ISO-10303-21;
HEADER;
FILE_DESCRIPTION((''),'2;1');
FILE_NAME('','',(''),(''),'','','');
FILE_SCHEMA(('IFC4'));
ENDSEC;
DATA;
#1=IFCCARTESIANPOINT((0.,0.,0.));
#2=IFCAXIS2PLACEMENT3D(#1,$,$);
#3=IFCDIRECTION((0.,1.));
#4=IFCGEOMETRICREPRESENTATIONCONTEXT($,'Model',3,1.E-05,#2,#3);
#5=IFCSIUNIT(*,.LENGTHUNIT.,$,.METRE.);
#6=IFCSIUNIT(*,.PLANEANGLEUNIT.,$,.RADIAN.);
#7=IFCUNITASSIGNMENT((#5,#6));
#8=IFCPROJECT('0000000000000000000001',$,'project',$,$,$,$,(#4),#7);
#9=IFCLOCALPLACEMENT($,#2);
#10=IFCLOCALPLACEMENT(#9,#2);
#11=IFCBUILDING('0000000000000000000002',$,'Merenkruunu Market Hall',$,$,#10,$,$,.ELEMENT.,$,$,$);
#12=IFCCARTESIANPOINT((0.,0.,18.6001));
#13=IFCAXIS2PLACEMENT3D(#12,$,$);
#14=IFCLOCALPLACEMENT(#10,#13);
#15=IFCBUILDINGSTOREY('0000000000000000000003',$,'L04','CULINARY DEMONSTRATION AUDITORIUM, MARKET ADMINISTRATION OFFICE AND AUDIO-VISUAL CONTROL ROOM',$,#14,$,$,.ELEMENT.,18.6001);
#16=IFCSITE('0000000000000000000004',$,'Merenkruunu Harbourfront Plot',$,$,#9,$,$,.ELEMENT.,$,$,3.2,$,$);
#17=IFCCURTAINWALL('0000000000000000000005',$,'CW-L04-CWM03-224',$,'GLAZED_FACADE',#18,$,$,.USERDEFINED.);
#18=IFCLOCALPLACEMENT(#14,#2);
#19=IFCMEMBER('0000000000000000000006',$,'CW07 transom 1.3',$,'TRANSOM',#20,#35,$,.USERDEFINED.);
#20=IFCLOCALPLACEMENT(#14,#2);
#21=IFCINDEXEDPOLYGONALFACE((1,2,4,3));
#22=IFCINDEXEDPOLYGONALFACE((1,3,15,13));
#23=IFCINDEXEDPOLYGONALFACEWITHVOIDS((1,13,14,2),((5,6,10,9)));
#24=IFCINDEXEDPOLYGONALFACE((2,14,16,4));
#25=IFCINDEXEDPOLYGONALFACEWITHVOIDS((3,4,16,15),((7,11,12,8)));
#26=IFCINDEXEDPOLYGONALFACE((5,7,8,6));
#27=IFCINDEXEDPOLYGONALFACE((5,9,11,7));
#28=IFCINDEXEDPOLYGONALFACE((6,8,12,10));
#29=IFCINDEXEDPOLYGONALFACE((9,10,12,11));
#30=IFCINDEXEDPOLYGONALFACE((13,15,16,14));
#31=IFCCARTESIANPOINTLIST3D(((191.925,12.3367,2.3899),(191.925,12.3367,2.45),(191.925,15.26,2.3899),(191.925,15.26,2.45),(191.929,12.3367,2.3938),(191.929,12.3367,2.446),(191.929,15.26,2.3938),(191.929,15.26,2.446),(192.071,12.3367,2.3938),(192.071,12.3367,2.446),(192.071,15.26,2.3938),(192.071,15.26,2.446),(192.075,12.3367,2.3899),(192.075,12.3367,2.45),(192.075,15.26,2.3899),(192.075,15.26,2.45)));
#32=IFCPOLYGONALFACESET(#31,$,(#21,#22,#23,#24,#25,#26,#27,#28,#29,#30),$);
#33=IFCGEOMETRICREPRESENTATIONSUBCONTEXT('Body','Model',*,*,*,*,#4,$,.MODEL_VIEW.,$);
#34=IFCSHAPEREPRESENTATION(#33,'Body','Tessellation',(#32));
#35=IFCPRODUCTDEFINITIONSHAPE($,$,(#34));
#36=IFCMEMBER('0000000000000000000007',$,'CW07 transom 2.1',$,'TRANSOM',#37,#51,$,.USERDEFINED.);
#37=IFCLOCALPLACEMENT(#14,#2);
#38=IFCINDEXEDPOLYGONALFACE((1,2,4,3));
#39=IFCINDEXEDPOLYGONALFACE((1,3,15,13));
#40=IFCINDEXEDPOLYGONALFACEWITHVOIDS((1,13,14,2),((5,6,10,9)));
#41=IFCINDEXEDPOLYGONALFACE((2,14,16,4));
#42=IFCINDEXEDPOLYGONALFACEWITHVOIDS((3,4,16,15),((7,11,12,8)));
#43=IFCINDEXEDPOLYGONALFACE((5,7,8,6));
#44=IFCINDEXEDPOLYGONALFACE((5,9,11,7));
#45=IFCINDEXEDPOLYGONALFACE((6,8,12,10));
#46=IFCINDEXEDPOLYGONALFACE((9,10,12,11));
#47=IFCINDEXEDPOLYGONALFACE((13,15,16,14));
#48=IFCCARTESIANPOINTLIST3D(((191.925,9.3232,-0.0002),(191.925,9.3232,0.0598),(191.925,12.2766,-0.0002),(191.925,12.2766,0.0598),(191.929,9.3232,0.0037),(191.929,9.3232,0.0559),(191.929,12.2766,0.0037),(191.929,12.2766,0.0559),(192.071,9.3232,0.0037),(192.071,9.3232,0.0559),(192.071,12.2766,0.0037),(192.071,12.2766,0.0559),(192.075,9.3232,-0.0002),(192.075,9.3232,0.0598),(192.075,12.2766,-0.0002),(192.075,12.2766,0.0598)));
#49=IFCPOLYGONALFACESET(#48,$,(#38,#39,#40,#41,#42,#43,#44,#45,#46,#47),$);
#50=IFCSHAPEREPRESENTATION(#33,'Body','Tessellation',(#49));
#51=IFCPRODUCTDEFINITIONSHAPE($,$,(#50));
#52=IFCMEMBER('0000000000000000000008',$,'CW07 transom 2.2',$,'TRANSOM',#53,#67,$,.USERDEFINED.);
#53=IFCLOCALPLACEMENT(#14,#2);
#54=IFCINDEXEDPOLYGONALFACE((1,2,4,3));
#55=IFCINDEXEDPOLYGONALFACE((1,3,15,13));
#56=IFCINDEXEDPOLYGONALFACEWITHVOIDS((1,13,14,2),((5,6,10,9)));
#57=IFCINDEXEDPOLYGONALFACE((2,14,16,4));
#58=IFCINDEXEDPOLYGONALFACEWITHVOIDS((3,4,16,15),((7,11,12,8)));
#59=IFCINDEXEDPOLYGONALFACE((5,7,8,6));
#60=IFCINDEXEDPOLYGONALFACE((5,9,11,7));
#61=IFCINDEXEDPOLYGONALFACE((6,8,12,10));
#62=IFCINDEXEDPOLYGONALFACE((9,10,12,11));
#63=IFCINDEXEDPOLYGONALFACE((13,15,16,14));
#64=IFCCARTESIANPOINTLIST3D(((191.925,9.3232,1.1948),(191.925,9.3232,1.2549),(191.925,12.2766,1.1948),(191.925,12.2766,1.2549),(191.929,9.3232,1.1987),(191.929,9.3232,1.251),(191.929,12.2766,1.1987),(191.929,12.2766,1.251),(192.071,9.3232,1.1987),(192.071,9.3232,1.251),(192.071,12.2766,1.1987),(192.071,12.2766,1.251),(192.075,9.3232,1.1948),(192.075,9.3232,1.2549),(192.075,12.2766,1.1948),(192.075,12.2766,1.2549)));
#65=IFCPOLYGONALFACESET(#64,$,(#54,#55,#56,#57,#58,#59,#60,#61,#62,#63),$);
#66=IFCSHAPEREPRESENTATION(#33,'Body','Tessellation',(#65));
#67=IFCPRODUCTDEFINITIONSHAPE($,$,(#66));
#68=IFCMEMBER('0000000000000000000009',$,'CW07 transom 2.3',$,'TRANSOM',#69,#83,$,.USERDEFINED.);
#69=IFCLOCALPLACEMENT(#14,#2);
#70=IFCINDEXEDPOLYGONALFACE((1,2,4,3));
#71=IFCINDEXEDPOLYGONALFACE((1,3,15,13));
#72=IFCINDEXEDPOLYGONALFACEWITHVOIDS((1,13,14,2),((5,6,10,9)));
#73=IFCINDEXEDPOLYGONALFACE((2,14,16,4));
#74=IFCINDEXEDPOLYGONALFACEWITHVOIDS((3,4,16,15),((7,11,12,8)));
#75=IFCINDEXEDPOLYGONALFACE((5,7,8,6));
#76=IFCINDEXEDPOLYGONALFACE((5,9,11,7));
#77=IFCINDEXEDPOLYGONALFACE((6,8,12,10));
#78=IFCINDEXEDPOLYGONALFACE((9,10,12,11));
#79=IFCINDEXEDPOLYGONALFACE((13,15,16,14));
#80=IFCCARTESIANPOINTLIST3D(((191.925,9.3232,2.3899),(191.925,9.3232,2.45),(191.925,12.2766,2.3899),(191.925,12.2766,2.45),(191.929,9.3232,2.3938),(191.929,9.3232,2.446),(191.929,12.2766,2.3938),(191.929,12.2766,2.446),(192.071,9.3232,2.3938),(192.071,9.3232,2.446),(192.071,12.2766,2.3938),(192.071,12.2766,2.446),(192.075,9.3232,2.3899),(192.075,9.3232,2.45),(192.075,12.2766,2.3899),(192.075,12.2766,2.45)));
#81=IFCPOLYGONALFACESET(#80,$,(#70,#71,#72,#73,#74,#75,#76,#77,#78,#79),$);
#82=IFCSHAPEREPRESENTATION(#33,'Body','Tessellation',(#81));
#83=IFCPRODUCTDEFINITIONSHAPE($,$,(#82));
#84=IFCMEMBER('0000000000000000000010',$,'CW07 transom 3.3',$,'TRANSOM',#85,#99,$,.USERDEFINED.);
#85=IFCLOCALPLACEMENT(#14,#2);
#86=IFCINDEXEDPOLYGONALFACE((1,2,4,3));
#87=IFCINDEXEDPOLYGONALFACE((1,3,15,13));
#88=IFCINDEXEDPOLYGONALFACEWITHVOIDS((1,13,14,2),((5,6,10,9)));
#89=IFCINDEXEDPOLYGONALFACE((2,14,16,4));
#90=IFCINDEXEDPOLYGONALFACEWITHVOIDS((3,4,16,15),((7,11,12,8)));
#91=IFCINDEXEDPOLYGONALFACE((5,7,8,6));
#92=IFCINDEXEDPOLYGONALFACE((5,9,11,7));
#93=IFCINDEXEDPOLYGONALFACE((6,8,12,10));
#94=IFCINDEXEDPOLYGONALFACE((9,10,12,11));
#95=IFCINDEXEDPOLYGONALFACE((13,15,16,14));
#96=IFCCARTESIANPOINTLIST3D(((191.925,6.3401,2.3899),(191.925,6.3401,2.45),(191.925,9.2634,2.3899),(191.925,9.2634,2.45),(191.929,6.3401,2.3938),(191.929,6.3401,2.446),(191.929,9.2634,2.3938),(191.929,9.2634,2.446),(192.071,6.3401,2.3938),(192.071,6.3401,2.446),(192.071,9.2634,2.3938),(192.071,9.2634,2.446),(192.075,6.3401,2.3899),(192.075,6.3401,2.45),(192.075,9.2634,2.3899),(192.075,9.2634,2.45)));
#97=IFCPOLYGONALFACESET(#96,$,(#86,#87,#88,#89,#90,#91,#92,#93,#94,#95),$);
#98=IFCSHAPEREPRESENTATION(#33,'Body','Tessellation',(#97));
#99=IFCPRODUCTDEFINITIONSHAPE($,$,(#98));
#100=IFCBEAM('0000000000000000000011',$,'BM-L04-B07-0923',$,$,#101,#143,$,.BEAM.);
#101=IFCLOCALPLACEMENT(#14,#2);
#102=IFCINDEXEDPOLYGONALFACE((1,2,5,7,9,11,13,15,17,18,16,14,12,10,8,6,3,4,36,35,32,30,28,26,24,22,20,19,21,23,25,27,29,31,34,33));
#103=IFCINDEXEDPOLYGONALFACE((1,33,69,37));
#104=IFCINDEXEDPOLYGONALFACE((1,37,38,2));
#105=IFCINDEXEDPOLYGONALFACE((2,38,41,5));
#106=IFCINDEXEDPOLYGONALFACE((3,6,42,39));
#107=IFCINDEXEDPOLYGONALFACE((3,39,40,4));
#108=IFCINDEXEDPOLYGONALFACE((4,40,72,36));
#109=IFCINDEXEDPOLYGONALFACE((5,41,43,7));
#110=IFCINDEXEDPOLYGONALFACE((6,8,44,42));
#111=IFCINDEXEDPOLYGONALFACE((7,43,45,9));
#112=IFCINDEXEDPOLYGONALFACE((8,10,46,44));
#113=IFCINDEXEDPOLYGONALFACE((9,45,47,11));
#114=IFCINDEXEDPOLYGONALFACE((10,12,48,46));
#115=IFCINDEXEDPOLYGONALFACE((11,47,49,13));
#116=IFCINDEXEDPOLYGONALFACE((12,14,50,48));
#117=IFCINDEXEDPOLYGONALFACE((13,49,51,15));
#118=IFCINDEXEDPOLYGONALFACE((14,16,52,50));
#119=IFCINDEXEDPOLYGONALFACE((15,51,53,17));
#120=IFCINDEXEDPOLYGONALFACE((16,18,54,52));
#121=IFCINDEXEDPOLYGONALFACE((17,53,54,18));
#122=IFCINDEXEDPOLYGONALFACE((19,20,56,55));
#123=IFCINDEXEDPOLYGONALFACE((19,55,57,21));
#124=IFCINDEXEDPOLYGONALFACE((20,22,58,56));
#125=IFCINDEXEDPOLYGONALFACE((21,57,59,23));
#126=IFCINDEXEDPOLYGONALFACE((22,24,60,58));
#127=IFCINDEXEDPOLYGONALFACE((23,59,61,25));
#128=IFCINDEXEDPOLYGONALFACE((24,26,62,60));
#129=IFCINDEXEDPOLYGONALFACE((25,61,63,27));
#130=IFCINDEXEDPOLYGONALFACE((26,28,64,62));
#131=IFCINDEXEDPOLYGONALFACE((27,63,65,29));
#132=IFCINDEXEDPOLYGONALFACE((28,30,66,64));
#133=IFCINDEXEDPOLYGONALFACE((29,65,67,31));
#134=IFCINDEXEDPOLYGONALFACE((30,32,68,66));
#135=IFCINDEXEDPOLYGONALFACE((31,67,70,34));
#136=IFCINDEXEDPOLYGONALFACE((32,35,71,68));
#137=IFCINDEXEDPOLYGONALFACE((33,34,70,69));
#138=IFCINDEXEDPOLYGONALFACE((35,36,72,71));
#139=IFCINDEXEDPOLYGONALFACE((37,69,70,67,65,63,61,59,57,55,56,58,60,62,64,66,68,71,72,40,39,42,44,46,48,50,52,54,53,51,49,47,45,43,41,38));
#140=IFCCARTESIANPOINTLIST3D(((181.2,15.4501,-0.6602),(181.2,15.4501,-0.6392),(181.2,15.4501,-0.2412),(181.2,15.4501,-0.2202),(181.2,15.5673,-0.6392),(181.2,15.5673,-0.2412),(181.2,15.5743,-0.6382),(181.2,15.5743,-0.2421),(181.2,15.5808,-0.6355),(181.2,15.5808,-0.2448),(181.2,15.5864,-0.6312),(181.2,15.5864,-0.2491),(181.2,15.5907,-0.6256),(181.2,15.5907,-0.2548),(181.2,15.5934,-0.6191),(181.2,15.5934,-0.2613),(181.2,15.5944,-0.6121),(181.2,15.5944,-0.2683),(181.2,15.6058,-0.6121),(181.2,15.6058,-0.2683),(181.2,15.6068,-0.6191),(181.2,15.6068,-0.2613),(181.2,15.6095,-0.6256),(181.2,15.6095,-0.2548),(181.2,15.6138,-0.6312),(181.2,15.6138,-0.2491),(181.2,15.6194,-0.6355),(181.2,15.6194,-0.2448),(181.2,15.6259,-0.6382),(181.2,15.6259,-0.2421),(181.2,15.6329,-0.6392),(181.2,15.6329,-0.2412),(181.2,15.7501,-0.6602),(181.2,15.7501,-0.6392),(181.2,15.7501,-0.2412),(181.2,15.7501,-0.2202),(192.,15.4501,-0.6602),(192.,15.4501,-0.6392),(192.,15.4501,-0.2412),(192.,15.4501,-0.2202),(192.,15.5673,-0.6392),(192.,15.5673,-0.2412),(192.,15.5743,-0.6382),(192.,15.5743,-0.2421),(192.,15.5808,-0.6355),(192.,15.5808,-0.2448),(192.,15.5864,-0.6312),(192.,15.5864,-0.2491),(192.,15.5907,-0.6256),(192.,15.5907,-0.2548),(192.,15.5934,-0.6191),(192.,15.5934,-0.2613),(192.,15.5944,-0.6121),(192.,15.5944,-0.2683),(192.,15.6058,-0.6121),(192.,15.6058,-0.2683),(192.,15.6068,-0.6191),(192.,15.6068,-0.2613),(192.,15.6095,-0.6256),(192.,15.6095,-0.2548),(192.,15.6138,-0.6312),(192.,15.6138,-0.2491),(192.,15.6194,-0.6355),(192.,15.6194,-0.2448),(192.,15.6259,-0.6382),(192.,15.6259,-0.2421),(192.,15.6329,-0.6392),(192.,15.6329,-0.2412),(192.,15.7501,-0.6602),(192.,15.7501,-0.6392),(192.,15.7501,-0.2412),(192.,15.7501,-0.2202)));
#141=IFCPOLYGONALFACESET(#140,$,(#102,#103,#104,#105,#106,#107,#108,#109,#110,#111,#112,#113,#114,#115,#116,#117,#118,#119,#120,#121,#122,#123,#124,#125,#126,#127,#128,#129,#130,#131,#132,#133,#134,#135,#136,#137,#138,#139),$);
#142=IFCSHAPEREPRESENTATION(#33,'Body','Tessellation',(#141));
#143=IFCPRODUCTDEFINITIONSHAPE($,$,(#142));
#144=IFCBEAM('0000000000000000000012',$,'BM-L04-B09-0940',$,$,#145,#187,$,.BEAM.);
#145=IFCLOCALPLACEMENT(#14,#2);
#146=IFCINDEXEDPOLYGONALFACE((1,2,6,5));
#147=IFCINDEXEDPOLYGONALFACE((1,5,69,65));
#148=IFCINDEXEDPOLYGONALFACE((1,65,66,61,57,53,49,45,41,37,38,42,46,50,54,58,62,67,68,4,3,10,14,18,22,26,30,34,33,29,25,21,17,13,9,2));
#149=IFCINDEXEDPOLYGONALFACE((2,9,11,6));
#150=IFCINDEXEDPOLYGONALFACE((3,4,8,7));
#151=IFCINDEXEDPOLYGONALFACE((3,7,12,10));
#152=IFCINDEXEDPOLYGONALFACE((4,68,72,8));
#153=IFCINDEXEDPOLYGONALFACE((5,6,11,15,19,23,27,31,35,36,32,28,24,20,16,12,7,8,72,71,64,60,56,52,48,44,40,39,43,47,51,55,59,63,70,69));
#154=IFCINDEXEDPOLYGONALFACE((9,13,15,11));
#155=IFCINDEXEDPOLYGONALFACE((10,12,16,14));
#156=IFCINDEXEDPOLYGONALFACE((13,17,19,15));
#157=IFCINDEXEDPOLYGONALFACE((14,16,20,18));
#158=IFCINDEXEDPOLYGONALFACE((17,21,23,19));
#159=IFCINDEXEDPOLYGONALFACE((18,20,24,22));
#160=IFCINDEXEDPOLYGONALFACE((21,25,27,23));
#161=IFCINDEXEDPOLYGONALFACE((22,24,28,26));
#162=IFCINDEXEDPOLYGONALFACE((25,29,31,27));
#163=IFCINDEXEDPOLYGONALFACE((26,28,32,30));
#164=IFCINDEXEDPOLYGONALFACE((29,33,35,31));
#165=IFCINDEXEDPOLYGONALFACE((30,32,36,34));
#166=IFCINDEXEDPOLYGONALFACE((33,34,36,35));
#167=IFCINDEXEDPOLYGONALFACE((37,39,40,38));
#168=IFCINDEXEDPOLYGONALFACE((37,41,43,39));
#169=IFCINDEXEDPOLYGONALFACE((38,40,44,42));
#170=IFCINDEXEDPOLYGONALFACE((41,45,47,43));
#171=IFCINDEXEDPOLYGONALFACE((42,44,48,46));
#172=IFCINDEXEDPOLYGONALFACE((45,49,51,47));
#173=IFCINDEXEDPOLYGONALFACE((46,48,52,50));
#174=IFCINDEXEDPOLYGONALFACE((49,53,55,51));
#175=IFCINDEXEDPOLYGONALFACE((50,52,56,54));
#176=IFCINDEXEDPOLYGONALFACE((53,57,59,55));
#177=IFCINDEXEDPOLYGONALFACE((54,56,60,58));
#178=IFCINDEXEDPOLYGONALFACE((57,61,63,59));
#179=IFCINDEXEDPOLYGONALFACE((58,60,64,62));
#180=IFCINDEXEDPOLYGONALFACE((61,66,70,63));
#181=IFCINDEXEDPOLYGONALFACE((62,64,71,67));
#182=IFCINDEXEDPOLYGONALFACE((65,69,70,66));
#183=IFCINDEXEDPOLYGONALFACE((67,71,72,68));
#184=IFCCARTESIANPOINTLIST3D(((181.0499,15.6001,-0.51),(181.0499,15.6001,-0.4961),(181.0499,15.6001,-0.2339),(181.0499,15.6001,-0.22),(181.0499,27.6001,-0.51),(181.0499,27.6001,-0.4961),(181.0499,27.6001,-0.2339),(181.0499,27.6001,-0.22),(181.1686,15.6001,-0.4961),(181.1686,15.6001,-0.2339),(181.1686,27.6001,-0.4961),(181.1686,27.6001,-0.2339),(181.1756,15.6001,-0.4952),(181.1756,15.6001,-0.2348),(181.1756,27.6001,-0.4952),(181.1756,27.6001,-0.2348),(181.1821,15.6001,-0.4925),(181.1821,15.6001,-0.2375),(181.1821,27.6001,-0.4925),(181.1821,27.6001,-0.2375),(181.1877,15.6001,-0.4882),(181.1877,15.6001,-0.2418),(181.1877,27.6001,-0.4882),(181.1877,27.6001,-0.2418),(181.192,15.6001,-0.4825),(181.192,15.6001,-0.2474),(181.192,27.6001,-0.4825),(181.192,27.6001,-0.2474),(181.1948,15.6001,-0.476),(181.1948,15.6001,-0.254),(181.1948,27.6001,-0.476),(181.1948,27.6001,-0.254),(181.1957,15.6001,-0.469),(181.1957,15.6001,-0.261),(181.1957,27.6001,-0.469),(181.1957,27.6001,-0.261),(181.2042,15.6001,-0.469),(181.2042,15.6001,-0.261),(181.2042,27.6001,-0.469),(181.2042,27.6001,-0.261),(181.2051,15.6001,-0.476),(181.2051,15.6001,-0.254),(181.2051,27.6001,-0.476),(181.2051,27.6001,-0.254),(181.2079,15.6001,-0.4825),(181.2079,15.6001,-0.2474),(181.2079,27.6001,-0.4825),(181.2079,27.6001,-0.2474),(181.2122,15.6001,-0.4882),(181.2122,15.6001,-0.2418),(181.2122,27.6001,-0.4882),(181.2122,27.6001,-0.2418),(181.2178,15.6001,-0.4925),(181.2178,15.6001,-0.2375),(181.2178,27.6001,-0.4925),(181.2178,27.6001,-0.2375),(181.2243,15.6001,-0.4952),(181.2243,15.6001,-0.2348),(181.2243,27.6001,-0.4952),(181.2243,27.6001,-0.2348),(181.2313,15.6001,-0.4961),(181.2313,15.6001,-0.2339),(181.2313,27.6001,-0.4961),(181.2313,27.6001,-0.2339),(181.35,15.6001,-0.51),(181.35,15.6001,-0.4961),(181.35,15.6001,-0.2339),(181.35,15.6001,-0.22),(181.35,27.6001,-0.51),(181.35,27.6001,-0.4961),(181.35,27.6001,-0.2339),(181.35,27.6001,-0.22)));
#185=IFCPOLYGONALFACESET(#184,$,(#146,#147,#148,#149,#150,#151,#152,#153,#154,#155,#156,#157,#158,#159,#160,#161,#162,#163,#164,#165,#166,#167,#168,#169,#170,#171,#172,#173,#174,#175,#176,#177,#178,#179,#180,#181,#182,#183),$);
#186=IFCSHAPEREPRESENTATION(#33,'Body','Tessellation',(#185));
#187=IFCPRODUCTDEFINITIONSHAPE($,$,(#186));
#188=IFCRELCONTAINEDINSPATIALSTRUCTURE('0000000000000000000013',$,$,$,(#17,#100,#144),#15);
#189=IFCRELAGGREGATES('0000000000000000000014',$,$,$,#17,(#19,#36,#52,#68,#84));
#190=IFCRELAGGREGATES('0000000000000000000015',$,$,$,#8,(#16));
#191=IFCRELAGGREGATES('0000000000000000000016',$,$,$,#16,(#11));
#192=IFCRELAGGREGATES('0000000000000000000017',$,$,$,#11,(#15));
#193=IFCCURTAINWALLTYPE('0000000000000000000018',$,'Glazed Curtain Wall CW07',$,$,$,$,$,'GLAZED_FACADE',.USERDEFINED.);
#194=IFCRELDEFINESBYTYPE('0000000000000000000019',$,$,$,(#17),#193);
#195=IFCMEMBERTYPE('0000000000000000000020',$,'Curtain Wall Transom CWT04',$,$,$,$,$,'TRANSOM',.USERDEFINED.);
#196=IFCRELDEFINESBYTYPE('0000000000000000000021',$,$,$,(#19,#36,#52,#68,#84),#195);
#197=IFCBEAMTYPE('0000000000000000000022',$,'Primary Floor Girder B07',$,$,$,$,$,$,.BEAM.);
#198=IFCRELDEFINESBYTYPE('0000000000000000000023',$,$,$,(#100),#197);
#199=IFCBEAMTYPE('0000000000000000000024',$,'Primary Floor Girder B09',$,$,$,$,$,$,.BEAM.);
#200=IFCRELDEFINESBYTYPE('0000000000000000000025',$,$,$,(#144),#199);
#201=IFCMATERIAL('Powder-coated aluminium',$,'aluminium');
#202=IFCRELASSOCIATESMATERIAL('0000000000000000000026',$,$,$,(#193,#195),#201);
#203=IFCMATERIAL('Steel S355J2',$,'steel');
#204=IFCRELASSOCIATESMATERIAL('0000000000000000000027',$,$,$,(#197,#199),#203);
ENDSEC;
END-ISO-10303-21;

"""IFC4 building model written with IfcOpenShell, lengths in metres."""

from ifc_helpers import new_model, si_unit, direction, frame, origin, origin_2d, place, context, subcontext, project, spatial, hollow_rectangle, i_section, extrude, material, material_profile, profile_set, type_object, element, aggregate, save


model = new_model("IFC4")

# Units and contexts
model_context = context("Model", 3, precision=1e-05, world=origin(), true_north=direction((0.0, 1.0)))
body_context = subcontext(model_context, "Body", "Model", "MODEL_VIEW")
ifc_project = project(units=[si_unit("LENGTHUNIT", "METRE"), si_unit("PLANEANGLEUNIT", "RADIAN")], contexts=[model_context])

# Site, building, storey
site_placement = place(None, origin())
site = spatial("IfcSite", under=ifc_project, at=site_placement, Name="Merenkruunu Harbourfront Plot", CompositionType="ELEMENT", RefElevation=3.2)
building_placement = place(site_placement, origin())
building = spatial("IfcBuilding", under=site, at=building_placement, Name="Merenkruunu Market Hall", CompositionType="ELEMENT")
storey_placement = place(building_placement, frame((0.0, 0.0, 18.6001)))
storey = spatial("IfcBuildingStorey", under=building, at=storey_placement, Name="L04", Description="CULINARY DEMONSTRATION AUDITORIUM, MARKET ADMINISTRATION OFFICE AND AUDIO-VISUAL CONTROL ROOM", CompositionType="ELEMENT", Elevation=18.6001)

# Shared definitions
ifc_material_1 = material(Name="Steel S355J2", Category="steel")

# Curtain wall, members
ifc_material_2 = material(Name="Powder-coated aluminium", Category="aluminium")
curtain_wall_type = type_object("IfcCurtainWallType", Name="Glazed Curtain Wall CW07", ElementType="GLAZED_FACADE", PredefinedType="USERDEFINED", material=ifc_material_2)
curtain_wall_placement = place(storey_placement, origin())
curtain_wall = element("IfcCurtainWall", 1, at=curtain_wall_placement, inside=storey, type_object=curtain_wall_type, Name="CW-L04-CWM03-224", ObjectType="GLAZED_FACADE", PredefinedType="USERDEFINED")
ifc_material_profile_1 = material_profile(ifc_material_2, hollow_rectangle(XDim=0.0601, YDim=0.1499, WallThickness=0.0039, at=origin_2d()), Name="ALU 60x150x4")
ifc_profile_set_1 = profile_set([ifc_material_profile_1], Name="Powder-coated aluminium")
member_type_1 = type_object("IfcMemberType", Name="Curtain Wall Transom CWT04", ElementType="TRANSOM", PredefinedType="USERDEFINED", material=ifc_profile_set_1)
member_1_placement = place(storey_placement, frame((192.0, 15.26, 2.4199), z_axis=(0.0, -1.0, 0.0), x_axis=(0.0, 0.0, 1.0)))
member_1 = element("IfcMember", 2, at=member_1_placement, type_object=member_type_1, Name="CW07 transom 1.3", ObjectType="TRANSOM", PredefinedType="USERDEFINED", context=body_context, shape_type="SweptSolid", body=[
    extrude(hollow_rectangle(XDim=0.0601, YDim=0.1499, WallThickness=0.0039, at=origin_2d()), origin(), (0.0, 0.0, 1.0), 2.9233),
])
member_2_placement = place(storey_placement, frame((192.0, 12.2766, 0.0298), z_axis=(0.0, -1.0, 0.0), x_axis=(0.0, 0.0, 1.0)))
member_2 = element("IfcMember", 3, at=member_2_placement, type_object=member_type_1, Name="CW07 transom 2.1", ObjectType="TRANSOM", PredefinedType="USERDEFINED", context=body_context, shape_type="SweptSolid", body=[
    extrude(hollow_rectangle(XDim=0.0601, YDim=0.1499, WallThickness=0.0039, at=origin_2d()), origin(), (0.0, 0.0, 1.0), 2.9534),
])
member_3_placement = place(storey_placement, frame((192.0, 12.2766, 1.2249), z_axis=(0.0, -1.0, 0.0), x_axis=(0.0, 0.0, 1.0)))
member_3 = element("IfcMember", 4, at=member_3_placement, type_object=member_type_1, Name="CW07 transom 2.2", ObjectType="TRANSOM", PredefinedType="USERDEFINED", context=body_context, shape_type="SweptSolid", body=[
    extrude(hollow_rectangle(XDim=0.0601, YDim=0.1499, WallThickness=0.0039, at=origin_2d()), origin(), (0.0, 0.0, 1.0), 2.9534),
])
member_4_placement = place(storey_placement, frame((192.0, 12.2766, 2.4199), z_axis=(0.0, -1.0, 0.0), x_axis=(0.0, 0.0, 1.0)))
member_4 = element("IfcMember", 5, at=member_4_placement, type_object=member_type_1, Name="CW07 transom 2.3", ObjectType="TRANSOM", PredefinedType="USERDEFINED", context=body_context, shape_type="SweptSolid", body=[
    extrude(hollow_rectangle(XDim=0.0601, YDim=0.1499, WallThickness=0.0039, at=origin_2d()), origin(), (0.0, 0.0, 1.0), 2.9534),
])
member_5_placement = place(storey_placement, frame((192.0, 9.2634, 2.4199), z_axis=(0.0, -1.0, 0.0), x_axis=(0.0, 0.0, 1.0)))
member_5 = element("IfcMember", 6, at=member_5_placement, type_object=member_type_1, Name="CW07 transom 3.3", ObjectType="TRANSOM", PredefinedType="USERDEFINED", context=body_context, shape_type="SweptSolid", body=[
    extrude(hollow_rectangle(XDim=0.0601, YDim=0.1499, WallThickness=0.0039, at=origin_2d()), origin(), (0.0, 0.0, 1.0), 2.9233),
])

# Beams
ifc_material_profile_2 = material_profile(ifc_material_1, i_section(OverallWidth=0.3, OverallDepth=0.4399, WebThickness=0.0115, FlangeThickness=0.021, FilletRadius=0.0271, at=origin_2d()), Name="HEA 450")
ifc_profile_set_2 = profile_set([ifc_material_profile_2], Name="Steel S355J2")
beam_type_1 = type_object("IfcBeamType", Name="Primary Floor Girder B07", PredefinedType="BEAM", material=ifc_profile_set_2)
beam_1_placement = place(storey_placement, frame((181.2, 15.6001, -0.4402), z_axis=(1.0, 0.0, 0.0), x_axis=(0.0, 1.0, 0.0)))
element("IfcBeam", 7, at=beam_1_placement, inside=storey, type_object=beam_type_1, Name="BM-L04-B07-0923", PredefinedType="BEAM", context=body_context, shape_type="SweptSolid", body=[
    extrude(i_section(OverallWidth=0.3, OverallDepth=0.4399, WebThickness=0.0115, FlangeThickness=0.021, FilletRadius=0.0271, at=origin_2d()), origin(), (0.0, 0.0, 1.0), 10.8),
])
ifc_material_profile_3 = material_profile(ifc_material_1, i_section(OverallWidth=0.3, OverallDepth=0.29, WebThickness=0.0085, FlangeThickness=0.0139, FilletRadius=0.0271, at=origin_2d()), Name="HEA 300")
ifc_profile_set_3 = profile_set([ifc_material_profile_3], Name="Steel S355J2")
beam_type_2 = type_object("IfcBeamType", Name="Primary Floor Girder B09", PredefinedType="BEAM", material=ifc_profile_set_3)
for number, where, z_axis, x_axis, name in (
    (8, (181.2, 15.6001, -0.365), (0.0, 1.0, 0.0), (-1.0, 0.0, 0.0), "BM-L04-B09-0940"),
):
    element("IfcBeam", number, at=place(storey_placement, frame(where, z_axis=z_axis, x_axis=x_axis)), inside=storey, type_object=beam_type_2, Name=name, PredefinedType="BEAM", context=body_context, shape_type="SweptSolid", body=[
        extrude(i_section(OverallWidth=0.3, OverallDepth=0.29, WebThickness=0.0085, FlangeThickness=0.0139, FilletRadius=0.0271, at=origin_2d()), origin(), (0.0, 0.0, 1.0), 12.0),
    ])

aggregate(curtain_wall, [member_1, member_2, member_3, member_4, member_5])

save(model, "model.ifc")
